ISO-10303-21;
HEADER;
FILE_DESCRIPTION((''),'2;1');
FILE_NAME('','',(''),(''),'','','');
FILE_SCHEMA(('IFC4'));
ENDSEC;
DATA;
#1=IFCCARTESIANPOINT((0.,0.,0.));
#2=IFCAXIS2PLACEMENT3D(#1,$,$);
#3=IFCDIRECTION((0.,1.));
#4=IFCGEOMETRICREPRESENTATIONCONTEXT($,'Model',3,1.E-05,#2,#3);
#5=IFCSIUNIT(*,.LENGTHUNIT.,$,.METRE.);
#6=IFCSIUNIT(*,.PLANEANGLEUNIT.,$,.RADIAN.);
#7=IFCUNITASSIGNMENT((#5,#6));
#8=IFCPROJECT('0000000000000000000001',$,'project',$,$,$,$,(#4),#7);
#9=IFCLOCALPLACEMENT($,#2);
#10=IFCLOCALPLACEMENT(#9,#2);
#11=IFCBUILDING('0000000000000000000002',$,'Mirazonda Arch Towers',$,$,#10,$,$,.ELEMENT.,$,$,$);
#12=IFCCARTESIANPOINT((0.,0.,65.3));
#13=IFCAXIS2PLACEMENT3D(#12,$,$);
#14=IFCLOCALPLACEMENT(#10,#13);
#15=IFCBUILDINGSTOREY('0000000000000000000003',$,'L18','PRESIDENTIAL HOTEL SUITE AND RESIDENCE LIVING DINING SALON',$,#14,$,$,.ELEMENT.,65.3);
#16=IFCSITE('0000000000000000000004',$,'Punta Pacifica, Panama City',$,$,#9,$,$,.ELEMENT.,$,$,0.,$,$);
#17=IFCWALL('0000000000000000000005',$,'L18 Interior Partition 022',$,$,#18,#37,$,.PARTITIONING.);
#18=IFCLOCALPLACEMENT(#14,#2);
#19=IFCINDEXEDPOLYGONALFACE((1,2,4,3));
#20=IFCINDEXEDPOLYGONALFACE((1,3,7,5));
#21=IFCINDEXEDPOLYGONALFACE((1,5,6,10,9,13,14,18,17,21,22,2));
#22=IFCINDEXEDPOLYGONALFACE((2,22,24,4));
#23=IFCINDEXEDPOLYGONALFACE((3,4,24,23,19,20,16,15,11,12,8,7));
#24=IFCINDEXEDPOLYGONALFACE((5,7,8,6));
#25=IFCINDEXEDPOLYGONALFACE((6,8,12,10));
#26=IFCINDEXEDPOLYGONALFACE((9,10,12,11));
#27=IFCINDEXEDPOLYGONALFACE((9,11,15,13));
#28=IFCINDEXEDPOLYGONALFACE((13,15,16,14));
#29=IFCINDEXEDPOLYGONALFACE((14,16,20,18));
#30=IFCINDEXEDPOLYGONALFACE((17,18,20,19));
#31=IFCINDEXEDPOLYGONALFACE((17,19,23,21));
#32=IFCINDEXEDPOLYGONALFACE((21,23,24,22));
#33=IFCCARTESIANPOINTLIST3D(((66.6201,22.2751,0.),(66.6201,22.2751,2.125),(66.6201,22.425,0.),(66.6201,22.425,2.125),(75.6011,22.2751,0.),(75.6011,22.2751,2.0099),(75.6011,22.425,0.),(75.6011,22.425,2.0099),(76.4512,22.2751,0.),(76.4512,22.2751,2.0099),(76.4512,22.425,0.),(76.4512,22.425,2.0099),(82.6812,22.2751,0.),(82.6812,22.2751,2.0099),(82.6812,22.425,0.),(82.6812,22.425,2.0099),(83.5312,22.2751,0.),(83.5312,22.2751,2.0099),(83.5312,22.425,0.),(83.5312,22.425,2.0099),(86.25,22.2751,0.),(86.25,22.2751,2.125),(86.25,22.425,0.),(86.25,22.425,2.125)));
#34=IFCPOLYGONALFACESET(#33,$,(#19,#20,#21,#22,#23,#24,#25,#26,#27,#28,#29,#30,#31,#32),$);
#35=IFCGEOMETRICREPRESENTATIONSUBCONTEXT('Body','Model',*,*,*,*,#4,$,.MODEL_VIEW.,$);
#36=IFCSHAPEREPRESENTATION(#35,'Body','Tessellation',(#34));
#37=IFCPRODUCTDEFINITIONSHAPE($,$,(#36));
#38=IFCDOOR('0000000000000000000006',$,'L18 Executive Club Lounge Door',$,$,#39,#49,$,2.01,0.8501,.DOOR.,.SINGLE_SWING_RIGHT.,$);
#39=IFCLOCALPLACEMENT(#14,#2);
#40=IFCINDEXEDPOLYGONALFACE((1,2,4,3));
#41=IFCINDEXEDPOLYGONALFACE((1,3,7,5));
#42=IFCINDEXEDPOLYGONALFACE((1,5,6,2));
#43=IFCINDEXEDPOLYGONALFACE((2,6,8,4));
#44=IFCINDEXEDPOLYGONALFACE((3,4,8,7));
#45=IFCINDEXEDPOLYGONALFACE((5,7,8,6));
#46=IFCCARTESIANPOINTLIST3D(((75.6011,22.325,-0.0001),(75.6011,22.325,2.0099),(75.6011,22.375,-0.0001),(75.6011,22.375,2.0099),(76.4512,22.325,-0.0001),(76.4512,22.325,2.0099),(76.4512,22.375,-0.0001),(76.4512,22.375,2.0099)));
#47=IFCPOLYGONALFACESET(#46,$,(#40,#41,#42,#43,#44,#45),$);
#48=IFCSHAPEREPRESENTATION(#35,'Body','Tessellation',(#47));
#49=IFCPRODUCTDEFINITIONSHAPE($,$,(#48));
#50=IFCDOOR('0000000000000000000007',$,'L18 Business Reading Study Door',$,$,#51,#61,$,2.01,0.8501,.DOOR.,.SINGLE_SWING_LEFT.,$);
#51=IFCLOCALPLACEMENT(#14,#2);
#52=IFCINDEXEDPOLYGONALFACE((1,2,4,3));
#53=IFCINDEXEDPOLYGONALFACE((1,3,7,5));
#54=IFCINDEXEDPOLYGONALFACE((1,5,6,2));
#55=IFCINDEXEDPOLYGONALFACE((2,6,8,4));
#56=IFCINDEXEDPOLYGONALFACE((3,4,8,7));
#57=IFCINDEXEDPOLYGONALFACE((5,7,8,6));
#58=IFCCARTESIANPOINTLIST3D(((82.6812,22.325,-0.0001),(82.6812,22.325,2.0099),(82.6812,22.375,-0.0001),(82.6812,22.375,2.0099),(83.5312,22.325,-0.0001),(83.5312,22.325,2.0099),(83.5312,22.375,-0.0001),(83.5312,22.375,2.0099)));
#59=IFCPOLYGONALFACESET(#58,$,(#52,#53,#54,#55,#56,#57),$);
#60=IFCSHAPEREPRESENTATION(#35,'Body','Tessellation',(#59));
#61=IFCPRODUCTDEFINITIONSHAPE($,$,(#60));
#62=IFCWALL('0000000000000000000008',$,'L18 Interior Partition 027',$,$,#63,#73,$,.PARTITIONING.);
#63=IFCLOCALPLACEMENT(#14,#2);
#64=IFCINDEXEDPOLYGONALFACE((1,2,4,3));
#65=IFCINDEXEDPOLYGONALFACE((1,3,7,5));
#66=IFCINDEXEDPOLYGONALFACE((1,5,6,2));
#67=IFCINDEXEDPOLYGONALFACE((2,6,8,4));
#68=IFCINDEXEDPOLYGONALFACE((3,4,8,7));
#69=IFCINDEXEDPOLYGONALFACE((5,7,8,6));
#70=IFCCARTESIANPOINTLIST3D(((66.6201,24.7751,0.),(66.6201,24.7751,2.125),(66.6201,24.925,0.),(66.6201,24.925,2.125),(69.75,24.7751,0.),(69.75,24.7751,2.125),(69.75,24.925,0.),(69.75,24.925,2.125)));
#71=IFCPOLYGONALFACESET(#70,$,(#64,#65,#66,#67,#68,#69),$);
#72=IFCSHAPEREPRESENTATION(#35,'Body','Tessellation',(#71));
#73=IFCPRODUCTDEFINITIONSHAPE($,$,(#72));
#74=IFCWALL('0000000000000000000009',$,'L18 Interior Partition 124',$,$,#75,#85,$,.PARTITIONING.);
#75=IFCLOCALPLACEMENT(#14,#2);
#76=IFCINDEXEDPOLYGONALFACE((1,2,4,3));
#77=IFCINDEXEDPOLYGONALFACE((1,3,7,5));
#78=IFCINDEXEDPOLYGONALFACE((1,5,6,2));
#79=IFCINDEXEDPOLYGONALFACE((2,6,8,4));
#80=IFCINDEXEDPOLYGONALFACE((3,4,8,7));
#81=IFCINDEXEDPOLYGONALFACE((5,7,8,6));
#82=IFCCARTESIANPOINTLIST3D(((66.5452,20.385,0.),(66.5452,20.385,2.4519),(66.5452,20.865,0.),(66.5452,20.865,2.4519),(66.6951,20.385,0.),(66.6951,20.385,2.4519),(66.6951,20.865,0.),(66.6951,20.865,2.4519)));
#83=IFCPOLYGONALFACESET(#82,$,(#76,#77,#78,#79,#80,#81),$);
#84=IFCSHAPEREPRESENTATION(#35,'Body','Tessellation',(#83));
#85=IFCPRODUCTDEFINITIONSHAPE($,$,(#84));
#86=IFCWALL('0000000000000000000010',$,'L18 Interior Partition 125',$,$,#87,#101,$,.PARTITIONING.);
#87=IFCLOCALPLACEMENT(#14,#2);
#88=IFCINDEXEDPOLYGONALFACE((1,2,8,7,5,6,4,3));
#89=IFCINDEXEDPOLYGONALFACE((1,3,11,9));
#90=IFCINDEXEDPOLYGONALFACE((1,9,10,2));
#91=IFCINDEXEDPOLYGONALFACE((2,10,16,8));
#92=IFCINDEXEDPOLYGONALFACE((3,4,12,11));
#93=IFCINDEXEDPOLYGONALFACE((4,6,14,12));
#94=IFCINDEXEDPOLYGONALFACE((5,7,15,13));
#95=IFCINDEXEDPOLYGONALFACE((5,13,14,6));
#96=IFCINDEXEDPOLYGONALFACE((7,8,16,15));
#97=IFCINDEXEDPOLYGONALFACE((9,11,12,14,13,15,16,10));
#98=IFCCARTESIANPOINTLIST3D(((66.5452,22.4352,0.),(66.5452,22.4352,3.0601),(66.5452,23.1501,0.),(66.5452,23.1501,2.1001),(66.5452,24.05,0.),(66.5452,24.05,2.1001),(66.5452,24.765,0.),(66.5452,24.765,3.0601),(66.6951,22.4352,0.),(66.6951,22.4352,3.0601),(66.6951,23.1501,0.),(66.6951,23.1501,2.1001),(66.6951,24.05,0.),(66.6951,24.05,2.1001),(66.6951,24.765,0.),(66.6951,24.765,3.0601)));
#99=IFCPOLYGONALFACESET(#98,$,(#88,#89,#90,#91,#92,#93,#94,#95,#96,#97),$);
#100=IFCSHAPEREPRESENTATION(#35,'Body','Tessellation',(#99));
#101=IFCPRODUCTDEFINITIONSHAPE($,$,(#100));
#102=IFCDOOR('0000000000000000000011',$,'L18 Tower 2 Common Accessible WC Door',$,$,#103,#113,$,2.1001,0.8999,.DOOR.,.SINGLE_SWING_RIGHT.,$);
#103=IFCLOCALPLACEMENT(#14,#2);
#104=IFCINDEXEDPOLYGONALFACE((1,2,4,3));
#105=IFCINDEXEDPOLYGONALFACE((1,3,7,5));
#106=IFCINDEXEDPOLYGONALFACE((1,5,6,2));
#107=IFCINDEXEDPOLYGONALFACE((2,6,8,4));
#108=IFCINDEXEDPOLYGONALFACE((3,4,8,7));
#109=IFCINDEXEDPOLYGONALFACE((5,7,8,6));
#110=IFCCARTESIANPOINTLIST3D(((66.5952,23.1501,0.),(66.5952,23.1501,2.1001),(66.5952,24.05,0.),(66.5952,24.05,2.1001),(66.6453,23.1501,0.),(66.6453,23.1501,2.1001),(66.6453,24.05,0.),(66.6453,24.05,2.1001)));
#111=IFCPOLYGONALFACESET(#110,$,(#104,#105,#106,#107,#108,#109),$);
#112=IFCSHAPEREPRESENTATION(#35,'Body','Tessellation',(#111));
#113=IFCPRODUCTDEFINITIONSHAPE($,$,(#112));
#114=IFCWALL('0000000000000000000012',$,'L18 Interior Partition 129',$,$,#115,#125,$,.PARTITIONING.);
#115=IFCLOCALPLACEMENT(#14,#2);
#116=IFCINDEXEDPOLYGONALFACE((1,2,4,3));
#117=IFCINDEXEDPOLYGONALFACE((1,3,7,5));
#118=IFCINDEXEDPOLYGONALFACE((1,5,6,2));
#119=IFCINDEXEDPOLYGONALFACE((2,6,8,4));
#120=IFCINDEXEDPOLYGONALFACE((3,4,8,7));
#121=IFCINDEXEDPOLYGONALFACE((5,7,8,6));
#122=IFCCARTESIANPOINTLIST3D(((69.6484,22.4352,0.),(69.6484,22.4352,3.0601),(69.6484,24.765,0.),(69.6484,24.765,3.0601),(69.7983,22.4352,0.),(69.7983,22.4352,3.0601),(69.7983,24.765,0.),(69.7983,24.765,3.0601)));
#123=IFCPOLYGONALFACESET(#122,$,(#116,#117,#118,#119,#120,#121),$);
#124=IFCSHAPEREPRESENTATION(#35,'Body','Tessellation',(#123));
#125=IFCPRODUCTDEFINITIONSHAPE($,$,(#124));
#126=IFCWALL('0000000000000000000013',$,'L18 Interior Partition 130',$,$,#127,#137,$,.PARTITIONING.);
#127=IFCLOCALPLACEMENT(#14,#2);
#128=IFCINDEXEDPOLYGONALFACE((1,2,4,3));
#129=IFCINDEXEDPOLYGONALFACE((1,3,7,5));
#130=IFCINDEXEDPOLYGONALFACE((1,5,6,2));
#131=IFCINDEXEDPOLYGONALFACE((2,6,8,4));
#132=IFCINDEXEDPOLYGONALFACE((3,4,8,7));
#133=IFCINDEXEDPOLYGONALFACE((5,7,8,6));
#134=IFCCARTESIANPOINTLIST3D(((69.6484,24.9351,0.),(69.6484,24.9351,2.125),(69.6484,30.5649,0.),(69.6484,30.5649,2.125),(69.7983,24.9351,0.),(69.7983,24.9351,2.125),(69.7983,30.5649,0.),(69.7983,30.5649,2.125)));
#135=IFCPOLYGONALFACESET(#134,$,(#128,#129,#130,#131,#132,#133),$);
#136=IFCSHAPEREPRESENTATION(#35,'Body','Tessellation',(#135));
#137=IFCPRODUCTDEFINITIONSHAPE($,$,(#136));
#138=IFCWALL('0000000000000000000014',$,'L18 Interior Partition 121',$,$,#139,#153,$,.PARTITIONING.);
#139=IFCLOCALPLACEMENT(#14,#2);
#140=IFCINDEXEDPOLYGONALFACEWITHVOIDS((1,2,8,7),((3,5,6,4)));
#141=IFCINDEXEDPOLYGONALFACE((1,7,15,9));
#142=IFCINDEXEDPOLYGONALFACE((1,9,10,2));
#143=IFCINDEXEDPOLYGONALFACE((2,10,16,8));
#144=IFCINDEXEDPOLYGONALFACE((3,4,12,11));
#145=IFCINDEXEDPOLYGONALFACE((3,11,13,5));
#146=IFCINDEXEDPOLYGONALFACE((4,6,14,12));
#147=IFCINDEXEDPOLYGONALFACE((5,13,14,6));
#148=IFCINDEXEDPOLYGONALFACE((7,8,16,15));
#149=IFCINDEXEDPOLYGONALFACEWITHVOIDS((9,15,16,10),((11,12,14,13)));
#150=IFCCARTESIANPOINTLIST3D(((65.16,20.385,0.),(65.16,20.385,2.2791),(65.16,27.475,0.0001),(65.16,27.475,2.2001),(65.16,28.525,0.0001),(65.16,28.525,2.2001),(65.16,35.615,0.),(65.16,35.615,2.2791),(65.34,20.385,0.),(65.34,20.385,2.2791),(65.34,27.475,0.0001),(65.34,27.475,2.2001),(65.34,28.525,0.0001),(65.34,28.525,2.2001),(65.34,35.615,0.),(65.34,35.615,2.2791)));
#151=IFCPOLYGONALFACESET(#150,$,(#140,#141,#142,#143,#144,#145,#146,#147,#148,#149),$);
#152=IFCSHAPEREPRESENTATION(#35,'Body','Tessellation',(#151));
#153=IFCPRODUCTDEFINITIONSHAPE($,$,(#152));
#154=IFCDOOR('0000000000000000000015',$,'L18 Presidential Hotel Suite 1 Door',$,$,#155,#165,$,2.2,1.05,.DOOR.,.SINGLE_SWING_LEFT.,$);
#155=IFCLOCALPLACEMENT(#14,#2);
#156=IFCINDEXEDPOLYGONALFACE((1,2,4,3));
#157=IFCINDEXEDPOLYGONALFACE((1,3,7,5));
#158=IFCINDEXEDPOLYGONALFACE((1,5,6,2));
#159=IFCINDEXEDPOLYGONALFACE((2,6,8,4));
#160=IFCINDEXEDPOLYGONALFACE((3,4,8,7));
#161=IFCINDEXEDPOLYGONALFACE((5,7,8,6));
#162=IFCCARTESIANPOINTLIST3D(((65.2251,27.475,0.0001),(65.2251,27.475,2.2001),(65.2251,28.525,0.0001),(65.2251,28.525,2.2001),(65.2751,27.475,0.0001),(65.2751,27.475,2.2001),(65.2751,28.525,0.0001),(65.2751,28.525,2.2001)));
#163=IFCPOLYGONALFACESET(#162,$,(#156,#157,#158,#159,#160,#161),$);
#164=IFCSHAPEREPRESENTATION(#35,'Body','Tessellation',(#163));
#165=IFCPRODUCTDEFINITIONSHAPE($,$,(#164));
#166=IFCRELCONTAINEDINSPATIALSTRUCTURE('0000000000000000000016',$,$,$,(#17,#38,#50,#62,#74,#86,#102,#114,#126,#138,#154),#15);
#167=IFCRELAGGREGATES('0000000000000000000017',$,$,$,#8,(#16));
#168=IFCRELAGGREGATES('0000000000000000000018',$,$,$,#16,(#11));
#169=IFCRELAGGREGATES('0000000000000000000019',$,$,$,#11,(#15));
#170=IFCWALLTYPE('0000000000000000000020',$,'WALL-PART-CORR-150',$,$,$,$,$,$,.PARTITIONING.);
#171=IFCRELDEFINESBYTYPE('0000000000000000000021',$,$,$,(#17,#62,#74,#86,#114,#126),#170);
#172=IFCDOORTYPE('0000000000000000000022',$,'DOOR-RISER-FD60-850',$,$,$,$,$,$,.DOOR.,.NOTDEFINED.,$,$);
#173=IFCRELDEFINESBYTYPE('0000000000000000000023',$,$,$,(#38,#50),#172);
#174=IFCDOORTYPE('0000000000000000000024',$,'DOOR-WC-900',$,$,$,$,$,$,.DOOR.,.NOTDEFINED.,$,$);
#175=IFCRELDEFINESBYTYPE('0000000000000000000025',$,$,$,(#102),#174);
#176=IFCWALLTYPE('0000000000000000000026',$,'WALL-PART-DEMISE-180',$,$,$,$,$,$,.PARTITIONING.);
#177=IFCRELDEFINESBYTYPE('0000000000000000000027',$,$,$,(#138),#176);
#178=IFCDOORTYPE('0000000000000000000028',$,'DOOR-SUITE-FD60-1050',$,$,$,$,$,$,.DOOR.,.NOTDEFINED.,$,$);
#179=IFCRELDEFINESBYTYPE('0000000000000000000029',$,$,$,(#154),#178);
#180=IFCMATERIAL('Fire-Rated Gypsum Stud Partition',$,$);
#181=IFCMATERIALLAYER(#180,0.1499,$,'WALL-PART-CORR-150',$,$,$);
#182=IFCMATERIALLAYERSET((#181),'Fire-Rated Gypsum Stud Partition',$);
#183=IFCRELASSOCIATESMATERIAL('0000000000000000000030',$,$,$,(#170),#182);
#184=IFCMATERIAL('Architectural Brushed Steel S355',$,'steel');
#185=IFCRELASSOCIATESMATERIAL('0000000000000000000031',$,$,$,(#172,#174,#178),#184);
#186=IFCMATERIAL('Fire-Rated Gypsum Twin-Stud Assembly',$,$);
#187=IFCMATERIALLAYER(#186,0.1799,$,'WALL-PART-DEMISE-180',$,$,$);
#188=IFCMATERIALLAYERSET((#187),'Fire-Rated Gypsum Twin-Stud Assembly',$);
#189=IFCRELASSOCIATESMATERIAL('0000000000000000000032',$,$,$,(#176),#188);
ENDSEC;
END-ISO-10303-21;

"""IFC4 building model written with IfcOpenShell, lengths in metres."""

from ifc_helpers import new_model, si_unit, direction, frame, frame_2d, origin, place, context, subcontext, project, spatial, rectangle, extrude, material, layer, layer_set, type_object, element, fill, save


model = new_model("IFC4")

# Units and contexts
model_context = context("Model", 3, precision=1e-05, world=origin(), true_north=direction((0.0, 1.0)))
body_context = subcontext(model_context, "Body", "Model", "MODEL_VIEW")
ifc_project = project(units=[si_unit("LENGTHUNIT", "METRE"), si_unit("PLANEANGLEUNIT", "RADIAN")], contexts=[model_context])

# Site, building, storey
site_placement = place(None, origin())
site = spatial("IfcSite", under=ifc_project, at=site_placement, Name="Punta Pacifica, Panama City", CompositionType="ELEMENT", RefElevation=0.0)
building_placement = place(site_placement, origin())
building = spatial("IfcBuilding", under=site, at=building_placement, Name="Mirazonda Arch Towers", CompositionType="ELEMENT")
storey_placement = place(building_placement, frame((0.0, 0.0, 65.3)))
storey = spatial("IfcBuildingStorey", under=building, at=storey_placement, Name="L18", Description="PRESIDENTIAL HOTEL SUITE AND RESIDENCE LIVING DINING SALON", CompositionType="ELEMENT", Elevation=65.3)

# Shared definitions
ifc_material_1 = material(Name="Architectural Brushed Steel S355", Category="steel")

# Shared definitions
ifc_material_2 = material(Name="Fire-Rated Gypsum Stud Partition")
ifc_layer_1 = layer(ifc_material_2, 0.1499, Name="WALL-PART-CORR-150")
ifc_layer_set_1 = layer_set([ifc_layer_1], Name="Fire-Rated Gypsum Stud Partition")
wall_type_1 = type_object("IfcWallType", Name="WALL-PART-CORR-150", PredefinedType="PARTITIONING", material=ifc_layer_set_1)

# Wall, openings, doors
wall_1_placement = place(storey_placement, frame((66.6201, 22.3501, 0.0), z_axis=(0.0, 0.0, 1.0), x_axis=(1.0, 0.0, 0.0)))
wall_1 = element("IfcWall", 1, at=wall_1_placement, inside=storey, type_object=wall_type_1, Name="L18 Interior Partition 022", PredefinedType="PARTITIONING", context=body_context, shape_type="SweptSolid", body=[
    extrude(rectangle(XDim=19.6299, YDim=0.1499, at=frame_2d((9.8149, 0.0))), origin(), (0.0, 0.0, 1.0), 2.125),
])
opening_1_placement = place(wall_1_placement, frame((8.981, 0.0, 0.0)))
opening_1 = element("IfcOpeningElement", 2, at=opening_1_placement, cuts=wall_1, PredefinedType="OPENING", context=body_context, shape_type="SweptSolid", body=[
    extrude(rectangle(XDim=0.8501, YDim=2.01, at=frame_2d((0.425, 1.0049))), frame((0.0, 0.085, 0.0), z_axis=(0.0, -1.0, 0.0), x_axis=(1.0, 0.0, 0.0)), (0.0, 0.0, 1.0), 0.1699),
])
opening_2_placement = place(wall_1_placement, frame((16.061, 0.0, 0.0)))
opening_2 = element("IfcOpeningElement", 3, at=opening_2_placement, cuts=wall_1, PredefinedType="OPENING", context=body_context, shape_type="SweptSolid", body=[
    extrude(rectangle(XDim=0.8501, YDim=2.01, at=frame_2d((0.425, 1.0049))), frame((0.0, 0.085, 0.0), z_axis=(0.0, -1.0, 0.0), x_axis=(1.0, 0.0, 0.0)), (0.0, 0.0, 1.0), 0.1699),
])
door_type_1 = type_object("IfcDoorType", Name="DOOR-RISER-FD60-850", OperationType="NOTDEFINED", PredefinedType="DOOR", material=ifc_material_1)
door_1_placement = place(opening_1_placement, origin())
door_1 = element("IfcDoor", 4, at=door_1_placement, inside=storey, type_object=door_type_1, Name="L18 Executive Club Lounge Door", OperationType="SINGLE_SWING_RIGHT", OverallHeight=2.01, OverallWidth=0.8501, PredefinedType="DOOR", context=body_context, shape_type="SweptSolid", body=[
    extrude(rectangle(XDim=0.8501, YDim=2.01, at=frame_2d((0.425, 1.0049))), frame((0.0, 0.0249, 0.0), z_axis=(0.0, -1.0, 0.0), x_axis=(1.0, 0.0, 0.0)), (0.0, 0.0, 1.0), 0.05),
])
fill(opening_1, door_1)
door_2_placement = place(opening_2_placement, origin())
door_2 = element("IfcDoor", 5, at=door_2_placement, inside=storey, type_object=door_type_1, Name="L18 Business Reading Study Door", OperationType="SINGLE_SWING_LEFT", OverallHeight=2.01, OverallWidth=0.8501, PredefinedType="DOOR", context=body_context, shape_type="SweptSolid", body=[
    extrude(rectangle(XDim=0.8501, YDim=2.01, at=frame_2d((0.425, 1.0049))), frame((0.0, 0.0249, 0.0), z_axis=(0.0, -1.0, 0.0), x_axis=(1.0, 0.0, 0.0)), (0.0, 0.0, 1.0), 0.05),
])
fill(opening_2, door_2)

# Walls
wall_2_placement = place(storey_placement, frame((66.6201, 24.8501, 0.0), z_axis=(0.0, 0.0, 1.0), x_axis=(1.0, 0.0, 0.0)))
element("IfcWall", 6, at=wall_2_placement, inside=storey, type_object=wall_type_1, Name="L18 Interior Partition 027", PredefinedType="PARTITIONING", context=body_context, shape_type="SweptSolid", body=[
    extrude(rectangle(XDim=3.1299, YDim=0.1499, at=frame_2d((1.5649, 0.0))), origin(), (0.0, 0.0, 1.0), 2.125),
])
wall_3_placement = place(storey_placement, frame((66.6201, 20.385, 0.0), z_axis=(0.0, 0.0, 1.0), x_axis=(0.0, 1.0, 0.0)))
element("IfcWall", 7, at=wall_3_placement, inside=storey, type_object=wall_type_1, Name="L18 Interior Partition 124", PredefinedType="PARTITIONING", context=body_context, shape_type="SweptSolid", body=[
    extrude(rectangle(XDim=0.48, YDim=0.1499, at=frame_2d((0.24, 0.0))), origin(), (0.0, 0.0, 1.0), 2.4519),
])

# Wall, opening, door
wall_4_placement = place(storey_placement, frame((66.6201, 22.4351, 0.0), z_axis=(0.0, 0.0, 1.0), x_axis=(0.0, 1.0, 0.0)))
wall_4 = element("IfcWall", 8, at=wall_4_placement, inside=storey, type_object=wall_type_1, Name="L18 Interior Partition 125", PredefinedType="PARTITIONING", context=body_context, shape_type="SweptSolid", body=[
    extrude(rectangle(XDim=2.3298, YDim=0.1499, at=frame_2d((1.165, 0.0))), origin(), (0.0, 0.0, 1.0), 3.0601),
])
opening_3_placement = place(wall_4_placement, frame((0.7151, 0.0, 0.0)))
opening_3 = element("IfcOpeningElement", 9, at=opening_3_placement, cuts=wall_4, PredefinedType="OPENING", context=body_context, shape_type="SweptSolid", body=[
    extrude(rectangle(XDim=0.8999, YDim=2.1001, at=frame_2d((0.45, 1.05))), frame((0.0, 0.085, 0.0), z_axis=(0.0, -1.0, 0.0), x_axis=(1.0, 0.0, 0.0)), (0.0, 0.0, 1.0), 0.1699),
])
door_type_2 = type_object("IfcDoorType", Name="DOOR-WC-900", OperationType="NOTDEFINED", PredefinedType="DOOR", material=ifc_material_1)
door_3_placement = place(opening_3_placement, origin())
door_3 = element("IfcDoor", 10, at=door_3_placement, inside=storey, type_object=door_type_2, Name="L18 Tower 2 Common Accessible WC Door", OperationType="SINGLE_SWING_RIGHT", OverallHeight=2.1001, OverallWidth=0.8999, PredefinedType="DOOR", context=body_context, shape_type="SweptSolid", body=[
    extrude(rectangle(XDim=0.8999, YDim=2.1001, at=frame_2d((0.45, 1.05))), frame((0.0, 0.0249, 0.0), z_axis=(0.0, -1.0, 0.0), x_axis=(1.0, 0.0, 0.0)), (0.0, 0.0, 1.0), 0.05),
])
fill(opening_3, door_3)

# Walls
wall_5_placement = place(storey_placement, frame((69.7234, 22.4351, 0.0), z_axis=(0.0, 0.0, 1.0), x_axis=(0.0, 1.0, 0.0)))
element("IfcWall", 11, at=wall_5_placement, inside=storey, type_object=wall_type_1, Name="L18 Interior Partition 129", PredefinedType="PARTITIONING", context=body_context, shape_type="SweptSolid", body=[
    extrude(rectangle(XDim=2.3298, YDim=0.1499, at=frame_2d((1.165, 0.0))), origin(), (0.0, 0.0, 1.0), 3.0601),
])
wall_6_placement = place(storey_placement, frame((69.7234, 24.9351, 0.0), z_axis=(0.0, 0.0, 1.0), x_axis=(0.0, 1.0, 0.0)))
element("IfcWall", 12, at=wall_6_placement, inside=storey, type_object=wall_type_1, Name="L18 Interior Partition 130", PredefinedType="PARTITIONING", context=body_context, shape_type="SweptSolid", body=[
    extrude(rectangle(XDim=5.6299, YDim=0.1499, at=frame_2d((2.8149, 0.0))), origin(), (0.0, 0.0, 1.0), 2.125),
])

# Wall, opening, door
ifc_material_3 = material(Name="Fire-Rated Gypsum Twin-Stud Assembly")
ifc_layer_2 = layer(ifc_material_3, 0.1799, Name="WALL-PART-DEMISE-180")
ifc_layer_set_2 = layer_set([ifc_layer_2], Name="Fire-Rated Gypsum Twin-Stud Assembly")
wall_type_2 = type_object("IfcWallType", Name="WALL-PART-DEMISE-180", PredefinedType="PARTITIONING", material=ifc_layer_set_2)
wall_7_placement = place(storey_placement, frame((65.25, 20.385, 0.0), z_axis=(0.0, 0.0, 1.0), x_axis=(0.0, 1.0, 0.0)))
wall_7 = element("IfcWall", 13, at=wall_7_placement, inside=storey, type_object=wall_type_2, Name="L18 Interior Partition 121", PredefinedType="PARTITIONING", context=body_context, shape_type="SweptSolid", body=[
    extrude(rectangle(XDim=15.23, YDim=0.1799, at=frame_2d((7.615, 0.0))), origin(), (0.0, 0.0, 1.0), 2.2791),
])
opening_4_placement = place(wall_7_placement, frame((7.0901, 0.0, 0.0)))
opening_4 = element("IfcOpeningElement", 14, at=opening_4_placement, cuts=wall_7, PredefinedType="OPENING", context=body_context, shape_type="SweptSolid", body=[
    extrude(rectangle(XDim=1.05, YDim=2.2, at=frame_2d((0.5249, 1.1001))), frame((0.0, 0.0999, 0.0), z_axis=(0.0, -1.0, 0.0), x_axis=(1.0, 0.0, 0.0)), (0.0, 0.0, 1.0), 0.2),
])
door_type_3 = type_object("IfcDoorType", Name="DOOR-SUITE-FD60-1050", OperationType="NOTDEFINED", PredefinedType="DOOR", material=ifc_material_1)
door_4_placement = place(opening_4_placement, origin())
door_4 = element("IfcDoor", 15, at=door_4_placement, inside=storey, type_object=door_type_3, Name="L18 Presidential Hotel Suite 1 Door", OperationType="SINGLE_SWING_LEFT", OverallHeight=2.2, OverallWidth=1.05, PredefinedType="DOOR", context=body_context, shape_type="SweptSolid", body=[
    extrude(rectangle(XDim=1.05, YDim=2.2, at=frame_2d((0.5249, 1.1001))), frame((0.0, 0.0249, 0.0), z_axis=(0.0, -1.0, 0.0), x_axis=(1.0, 0.0, 0.0)), (0.0, 0.0, 1.0), 0.05),
])
fill(opening_4, door_4)

save(model, "model.ifc")
